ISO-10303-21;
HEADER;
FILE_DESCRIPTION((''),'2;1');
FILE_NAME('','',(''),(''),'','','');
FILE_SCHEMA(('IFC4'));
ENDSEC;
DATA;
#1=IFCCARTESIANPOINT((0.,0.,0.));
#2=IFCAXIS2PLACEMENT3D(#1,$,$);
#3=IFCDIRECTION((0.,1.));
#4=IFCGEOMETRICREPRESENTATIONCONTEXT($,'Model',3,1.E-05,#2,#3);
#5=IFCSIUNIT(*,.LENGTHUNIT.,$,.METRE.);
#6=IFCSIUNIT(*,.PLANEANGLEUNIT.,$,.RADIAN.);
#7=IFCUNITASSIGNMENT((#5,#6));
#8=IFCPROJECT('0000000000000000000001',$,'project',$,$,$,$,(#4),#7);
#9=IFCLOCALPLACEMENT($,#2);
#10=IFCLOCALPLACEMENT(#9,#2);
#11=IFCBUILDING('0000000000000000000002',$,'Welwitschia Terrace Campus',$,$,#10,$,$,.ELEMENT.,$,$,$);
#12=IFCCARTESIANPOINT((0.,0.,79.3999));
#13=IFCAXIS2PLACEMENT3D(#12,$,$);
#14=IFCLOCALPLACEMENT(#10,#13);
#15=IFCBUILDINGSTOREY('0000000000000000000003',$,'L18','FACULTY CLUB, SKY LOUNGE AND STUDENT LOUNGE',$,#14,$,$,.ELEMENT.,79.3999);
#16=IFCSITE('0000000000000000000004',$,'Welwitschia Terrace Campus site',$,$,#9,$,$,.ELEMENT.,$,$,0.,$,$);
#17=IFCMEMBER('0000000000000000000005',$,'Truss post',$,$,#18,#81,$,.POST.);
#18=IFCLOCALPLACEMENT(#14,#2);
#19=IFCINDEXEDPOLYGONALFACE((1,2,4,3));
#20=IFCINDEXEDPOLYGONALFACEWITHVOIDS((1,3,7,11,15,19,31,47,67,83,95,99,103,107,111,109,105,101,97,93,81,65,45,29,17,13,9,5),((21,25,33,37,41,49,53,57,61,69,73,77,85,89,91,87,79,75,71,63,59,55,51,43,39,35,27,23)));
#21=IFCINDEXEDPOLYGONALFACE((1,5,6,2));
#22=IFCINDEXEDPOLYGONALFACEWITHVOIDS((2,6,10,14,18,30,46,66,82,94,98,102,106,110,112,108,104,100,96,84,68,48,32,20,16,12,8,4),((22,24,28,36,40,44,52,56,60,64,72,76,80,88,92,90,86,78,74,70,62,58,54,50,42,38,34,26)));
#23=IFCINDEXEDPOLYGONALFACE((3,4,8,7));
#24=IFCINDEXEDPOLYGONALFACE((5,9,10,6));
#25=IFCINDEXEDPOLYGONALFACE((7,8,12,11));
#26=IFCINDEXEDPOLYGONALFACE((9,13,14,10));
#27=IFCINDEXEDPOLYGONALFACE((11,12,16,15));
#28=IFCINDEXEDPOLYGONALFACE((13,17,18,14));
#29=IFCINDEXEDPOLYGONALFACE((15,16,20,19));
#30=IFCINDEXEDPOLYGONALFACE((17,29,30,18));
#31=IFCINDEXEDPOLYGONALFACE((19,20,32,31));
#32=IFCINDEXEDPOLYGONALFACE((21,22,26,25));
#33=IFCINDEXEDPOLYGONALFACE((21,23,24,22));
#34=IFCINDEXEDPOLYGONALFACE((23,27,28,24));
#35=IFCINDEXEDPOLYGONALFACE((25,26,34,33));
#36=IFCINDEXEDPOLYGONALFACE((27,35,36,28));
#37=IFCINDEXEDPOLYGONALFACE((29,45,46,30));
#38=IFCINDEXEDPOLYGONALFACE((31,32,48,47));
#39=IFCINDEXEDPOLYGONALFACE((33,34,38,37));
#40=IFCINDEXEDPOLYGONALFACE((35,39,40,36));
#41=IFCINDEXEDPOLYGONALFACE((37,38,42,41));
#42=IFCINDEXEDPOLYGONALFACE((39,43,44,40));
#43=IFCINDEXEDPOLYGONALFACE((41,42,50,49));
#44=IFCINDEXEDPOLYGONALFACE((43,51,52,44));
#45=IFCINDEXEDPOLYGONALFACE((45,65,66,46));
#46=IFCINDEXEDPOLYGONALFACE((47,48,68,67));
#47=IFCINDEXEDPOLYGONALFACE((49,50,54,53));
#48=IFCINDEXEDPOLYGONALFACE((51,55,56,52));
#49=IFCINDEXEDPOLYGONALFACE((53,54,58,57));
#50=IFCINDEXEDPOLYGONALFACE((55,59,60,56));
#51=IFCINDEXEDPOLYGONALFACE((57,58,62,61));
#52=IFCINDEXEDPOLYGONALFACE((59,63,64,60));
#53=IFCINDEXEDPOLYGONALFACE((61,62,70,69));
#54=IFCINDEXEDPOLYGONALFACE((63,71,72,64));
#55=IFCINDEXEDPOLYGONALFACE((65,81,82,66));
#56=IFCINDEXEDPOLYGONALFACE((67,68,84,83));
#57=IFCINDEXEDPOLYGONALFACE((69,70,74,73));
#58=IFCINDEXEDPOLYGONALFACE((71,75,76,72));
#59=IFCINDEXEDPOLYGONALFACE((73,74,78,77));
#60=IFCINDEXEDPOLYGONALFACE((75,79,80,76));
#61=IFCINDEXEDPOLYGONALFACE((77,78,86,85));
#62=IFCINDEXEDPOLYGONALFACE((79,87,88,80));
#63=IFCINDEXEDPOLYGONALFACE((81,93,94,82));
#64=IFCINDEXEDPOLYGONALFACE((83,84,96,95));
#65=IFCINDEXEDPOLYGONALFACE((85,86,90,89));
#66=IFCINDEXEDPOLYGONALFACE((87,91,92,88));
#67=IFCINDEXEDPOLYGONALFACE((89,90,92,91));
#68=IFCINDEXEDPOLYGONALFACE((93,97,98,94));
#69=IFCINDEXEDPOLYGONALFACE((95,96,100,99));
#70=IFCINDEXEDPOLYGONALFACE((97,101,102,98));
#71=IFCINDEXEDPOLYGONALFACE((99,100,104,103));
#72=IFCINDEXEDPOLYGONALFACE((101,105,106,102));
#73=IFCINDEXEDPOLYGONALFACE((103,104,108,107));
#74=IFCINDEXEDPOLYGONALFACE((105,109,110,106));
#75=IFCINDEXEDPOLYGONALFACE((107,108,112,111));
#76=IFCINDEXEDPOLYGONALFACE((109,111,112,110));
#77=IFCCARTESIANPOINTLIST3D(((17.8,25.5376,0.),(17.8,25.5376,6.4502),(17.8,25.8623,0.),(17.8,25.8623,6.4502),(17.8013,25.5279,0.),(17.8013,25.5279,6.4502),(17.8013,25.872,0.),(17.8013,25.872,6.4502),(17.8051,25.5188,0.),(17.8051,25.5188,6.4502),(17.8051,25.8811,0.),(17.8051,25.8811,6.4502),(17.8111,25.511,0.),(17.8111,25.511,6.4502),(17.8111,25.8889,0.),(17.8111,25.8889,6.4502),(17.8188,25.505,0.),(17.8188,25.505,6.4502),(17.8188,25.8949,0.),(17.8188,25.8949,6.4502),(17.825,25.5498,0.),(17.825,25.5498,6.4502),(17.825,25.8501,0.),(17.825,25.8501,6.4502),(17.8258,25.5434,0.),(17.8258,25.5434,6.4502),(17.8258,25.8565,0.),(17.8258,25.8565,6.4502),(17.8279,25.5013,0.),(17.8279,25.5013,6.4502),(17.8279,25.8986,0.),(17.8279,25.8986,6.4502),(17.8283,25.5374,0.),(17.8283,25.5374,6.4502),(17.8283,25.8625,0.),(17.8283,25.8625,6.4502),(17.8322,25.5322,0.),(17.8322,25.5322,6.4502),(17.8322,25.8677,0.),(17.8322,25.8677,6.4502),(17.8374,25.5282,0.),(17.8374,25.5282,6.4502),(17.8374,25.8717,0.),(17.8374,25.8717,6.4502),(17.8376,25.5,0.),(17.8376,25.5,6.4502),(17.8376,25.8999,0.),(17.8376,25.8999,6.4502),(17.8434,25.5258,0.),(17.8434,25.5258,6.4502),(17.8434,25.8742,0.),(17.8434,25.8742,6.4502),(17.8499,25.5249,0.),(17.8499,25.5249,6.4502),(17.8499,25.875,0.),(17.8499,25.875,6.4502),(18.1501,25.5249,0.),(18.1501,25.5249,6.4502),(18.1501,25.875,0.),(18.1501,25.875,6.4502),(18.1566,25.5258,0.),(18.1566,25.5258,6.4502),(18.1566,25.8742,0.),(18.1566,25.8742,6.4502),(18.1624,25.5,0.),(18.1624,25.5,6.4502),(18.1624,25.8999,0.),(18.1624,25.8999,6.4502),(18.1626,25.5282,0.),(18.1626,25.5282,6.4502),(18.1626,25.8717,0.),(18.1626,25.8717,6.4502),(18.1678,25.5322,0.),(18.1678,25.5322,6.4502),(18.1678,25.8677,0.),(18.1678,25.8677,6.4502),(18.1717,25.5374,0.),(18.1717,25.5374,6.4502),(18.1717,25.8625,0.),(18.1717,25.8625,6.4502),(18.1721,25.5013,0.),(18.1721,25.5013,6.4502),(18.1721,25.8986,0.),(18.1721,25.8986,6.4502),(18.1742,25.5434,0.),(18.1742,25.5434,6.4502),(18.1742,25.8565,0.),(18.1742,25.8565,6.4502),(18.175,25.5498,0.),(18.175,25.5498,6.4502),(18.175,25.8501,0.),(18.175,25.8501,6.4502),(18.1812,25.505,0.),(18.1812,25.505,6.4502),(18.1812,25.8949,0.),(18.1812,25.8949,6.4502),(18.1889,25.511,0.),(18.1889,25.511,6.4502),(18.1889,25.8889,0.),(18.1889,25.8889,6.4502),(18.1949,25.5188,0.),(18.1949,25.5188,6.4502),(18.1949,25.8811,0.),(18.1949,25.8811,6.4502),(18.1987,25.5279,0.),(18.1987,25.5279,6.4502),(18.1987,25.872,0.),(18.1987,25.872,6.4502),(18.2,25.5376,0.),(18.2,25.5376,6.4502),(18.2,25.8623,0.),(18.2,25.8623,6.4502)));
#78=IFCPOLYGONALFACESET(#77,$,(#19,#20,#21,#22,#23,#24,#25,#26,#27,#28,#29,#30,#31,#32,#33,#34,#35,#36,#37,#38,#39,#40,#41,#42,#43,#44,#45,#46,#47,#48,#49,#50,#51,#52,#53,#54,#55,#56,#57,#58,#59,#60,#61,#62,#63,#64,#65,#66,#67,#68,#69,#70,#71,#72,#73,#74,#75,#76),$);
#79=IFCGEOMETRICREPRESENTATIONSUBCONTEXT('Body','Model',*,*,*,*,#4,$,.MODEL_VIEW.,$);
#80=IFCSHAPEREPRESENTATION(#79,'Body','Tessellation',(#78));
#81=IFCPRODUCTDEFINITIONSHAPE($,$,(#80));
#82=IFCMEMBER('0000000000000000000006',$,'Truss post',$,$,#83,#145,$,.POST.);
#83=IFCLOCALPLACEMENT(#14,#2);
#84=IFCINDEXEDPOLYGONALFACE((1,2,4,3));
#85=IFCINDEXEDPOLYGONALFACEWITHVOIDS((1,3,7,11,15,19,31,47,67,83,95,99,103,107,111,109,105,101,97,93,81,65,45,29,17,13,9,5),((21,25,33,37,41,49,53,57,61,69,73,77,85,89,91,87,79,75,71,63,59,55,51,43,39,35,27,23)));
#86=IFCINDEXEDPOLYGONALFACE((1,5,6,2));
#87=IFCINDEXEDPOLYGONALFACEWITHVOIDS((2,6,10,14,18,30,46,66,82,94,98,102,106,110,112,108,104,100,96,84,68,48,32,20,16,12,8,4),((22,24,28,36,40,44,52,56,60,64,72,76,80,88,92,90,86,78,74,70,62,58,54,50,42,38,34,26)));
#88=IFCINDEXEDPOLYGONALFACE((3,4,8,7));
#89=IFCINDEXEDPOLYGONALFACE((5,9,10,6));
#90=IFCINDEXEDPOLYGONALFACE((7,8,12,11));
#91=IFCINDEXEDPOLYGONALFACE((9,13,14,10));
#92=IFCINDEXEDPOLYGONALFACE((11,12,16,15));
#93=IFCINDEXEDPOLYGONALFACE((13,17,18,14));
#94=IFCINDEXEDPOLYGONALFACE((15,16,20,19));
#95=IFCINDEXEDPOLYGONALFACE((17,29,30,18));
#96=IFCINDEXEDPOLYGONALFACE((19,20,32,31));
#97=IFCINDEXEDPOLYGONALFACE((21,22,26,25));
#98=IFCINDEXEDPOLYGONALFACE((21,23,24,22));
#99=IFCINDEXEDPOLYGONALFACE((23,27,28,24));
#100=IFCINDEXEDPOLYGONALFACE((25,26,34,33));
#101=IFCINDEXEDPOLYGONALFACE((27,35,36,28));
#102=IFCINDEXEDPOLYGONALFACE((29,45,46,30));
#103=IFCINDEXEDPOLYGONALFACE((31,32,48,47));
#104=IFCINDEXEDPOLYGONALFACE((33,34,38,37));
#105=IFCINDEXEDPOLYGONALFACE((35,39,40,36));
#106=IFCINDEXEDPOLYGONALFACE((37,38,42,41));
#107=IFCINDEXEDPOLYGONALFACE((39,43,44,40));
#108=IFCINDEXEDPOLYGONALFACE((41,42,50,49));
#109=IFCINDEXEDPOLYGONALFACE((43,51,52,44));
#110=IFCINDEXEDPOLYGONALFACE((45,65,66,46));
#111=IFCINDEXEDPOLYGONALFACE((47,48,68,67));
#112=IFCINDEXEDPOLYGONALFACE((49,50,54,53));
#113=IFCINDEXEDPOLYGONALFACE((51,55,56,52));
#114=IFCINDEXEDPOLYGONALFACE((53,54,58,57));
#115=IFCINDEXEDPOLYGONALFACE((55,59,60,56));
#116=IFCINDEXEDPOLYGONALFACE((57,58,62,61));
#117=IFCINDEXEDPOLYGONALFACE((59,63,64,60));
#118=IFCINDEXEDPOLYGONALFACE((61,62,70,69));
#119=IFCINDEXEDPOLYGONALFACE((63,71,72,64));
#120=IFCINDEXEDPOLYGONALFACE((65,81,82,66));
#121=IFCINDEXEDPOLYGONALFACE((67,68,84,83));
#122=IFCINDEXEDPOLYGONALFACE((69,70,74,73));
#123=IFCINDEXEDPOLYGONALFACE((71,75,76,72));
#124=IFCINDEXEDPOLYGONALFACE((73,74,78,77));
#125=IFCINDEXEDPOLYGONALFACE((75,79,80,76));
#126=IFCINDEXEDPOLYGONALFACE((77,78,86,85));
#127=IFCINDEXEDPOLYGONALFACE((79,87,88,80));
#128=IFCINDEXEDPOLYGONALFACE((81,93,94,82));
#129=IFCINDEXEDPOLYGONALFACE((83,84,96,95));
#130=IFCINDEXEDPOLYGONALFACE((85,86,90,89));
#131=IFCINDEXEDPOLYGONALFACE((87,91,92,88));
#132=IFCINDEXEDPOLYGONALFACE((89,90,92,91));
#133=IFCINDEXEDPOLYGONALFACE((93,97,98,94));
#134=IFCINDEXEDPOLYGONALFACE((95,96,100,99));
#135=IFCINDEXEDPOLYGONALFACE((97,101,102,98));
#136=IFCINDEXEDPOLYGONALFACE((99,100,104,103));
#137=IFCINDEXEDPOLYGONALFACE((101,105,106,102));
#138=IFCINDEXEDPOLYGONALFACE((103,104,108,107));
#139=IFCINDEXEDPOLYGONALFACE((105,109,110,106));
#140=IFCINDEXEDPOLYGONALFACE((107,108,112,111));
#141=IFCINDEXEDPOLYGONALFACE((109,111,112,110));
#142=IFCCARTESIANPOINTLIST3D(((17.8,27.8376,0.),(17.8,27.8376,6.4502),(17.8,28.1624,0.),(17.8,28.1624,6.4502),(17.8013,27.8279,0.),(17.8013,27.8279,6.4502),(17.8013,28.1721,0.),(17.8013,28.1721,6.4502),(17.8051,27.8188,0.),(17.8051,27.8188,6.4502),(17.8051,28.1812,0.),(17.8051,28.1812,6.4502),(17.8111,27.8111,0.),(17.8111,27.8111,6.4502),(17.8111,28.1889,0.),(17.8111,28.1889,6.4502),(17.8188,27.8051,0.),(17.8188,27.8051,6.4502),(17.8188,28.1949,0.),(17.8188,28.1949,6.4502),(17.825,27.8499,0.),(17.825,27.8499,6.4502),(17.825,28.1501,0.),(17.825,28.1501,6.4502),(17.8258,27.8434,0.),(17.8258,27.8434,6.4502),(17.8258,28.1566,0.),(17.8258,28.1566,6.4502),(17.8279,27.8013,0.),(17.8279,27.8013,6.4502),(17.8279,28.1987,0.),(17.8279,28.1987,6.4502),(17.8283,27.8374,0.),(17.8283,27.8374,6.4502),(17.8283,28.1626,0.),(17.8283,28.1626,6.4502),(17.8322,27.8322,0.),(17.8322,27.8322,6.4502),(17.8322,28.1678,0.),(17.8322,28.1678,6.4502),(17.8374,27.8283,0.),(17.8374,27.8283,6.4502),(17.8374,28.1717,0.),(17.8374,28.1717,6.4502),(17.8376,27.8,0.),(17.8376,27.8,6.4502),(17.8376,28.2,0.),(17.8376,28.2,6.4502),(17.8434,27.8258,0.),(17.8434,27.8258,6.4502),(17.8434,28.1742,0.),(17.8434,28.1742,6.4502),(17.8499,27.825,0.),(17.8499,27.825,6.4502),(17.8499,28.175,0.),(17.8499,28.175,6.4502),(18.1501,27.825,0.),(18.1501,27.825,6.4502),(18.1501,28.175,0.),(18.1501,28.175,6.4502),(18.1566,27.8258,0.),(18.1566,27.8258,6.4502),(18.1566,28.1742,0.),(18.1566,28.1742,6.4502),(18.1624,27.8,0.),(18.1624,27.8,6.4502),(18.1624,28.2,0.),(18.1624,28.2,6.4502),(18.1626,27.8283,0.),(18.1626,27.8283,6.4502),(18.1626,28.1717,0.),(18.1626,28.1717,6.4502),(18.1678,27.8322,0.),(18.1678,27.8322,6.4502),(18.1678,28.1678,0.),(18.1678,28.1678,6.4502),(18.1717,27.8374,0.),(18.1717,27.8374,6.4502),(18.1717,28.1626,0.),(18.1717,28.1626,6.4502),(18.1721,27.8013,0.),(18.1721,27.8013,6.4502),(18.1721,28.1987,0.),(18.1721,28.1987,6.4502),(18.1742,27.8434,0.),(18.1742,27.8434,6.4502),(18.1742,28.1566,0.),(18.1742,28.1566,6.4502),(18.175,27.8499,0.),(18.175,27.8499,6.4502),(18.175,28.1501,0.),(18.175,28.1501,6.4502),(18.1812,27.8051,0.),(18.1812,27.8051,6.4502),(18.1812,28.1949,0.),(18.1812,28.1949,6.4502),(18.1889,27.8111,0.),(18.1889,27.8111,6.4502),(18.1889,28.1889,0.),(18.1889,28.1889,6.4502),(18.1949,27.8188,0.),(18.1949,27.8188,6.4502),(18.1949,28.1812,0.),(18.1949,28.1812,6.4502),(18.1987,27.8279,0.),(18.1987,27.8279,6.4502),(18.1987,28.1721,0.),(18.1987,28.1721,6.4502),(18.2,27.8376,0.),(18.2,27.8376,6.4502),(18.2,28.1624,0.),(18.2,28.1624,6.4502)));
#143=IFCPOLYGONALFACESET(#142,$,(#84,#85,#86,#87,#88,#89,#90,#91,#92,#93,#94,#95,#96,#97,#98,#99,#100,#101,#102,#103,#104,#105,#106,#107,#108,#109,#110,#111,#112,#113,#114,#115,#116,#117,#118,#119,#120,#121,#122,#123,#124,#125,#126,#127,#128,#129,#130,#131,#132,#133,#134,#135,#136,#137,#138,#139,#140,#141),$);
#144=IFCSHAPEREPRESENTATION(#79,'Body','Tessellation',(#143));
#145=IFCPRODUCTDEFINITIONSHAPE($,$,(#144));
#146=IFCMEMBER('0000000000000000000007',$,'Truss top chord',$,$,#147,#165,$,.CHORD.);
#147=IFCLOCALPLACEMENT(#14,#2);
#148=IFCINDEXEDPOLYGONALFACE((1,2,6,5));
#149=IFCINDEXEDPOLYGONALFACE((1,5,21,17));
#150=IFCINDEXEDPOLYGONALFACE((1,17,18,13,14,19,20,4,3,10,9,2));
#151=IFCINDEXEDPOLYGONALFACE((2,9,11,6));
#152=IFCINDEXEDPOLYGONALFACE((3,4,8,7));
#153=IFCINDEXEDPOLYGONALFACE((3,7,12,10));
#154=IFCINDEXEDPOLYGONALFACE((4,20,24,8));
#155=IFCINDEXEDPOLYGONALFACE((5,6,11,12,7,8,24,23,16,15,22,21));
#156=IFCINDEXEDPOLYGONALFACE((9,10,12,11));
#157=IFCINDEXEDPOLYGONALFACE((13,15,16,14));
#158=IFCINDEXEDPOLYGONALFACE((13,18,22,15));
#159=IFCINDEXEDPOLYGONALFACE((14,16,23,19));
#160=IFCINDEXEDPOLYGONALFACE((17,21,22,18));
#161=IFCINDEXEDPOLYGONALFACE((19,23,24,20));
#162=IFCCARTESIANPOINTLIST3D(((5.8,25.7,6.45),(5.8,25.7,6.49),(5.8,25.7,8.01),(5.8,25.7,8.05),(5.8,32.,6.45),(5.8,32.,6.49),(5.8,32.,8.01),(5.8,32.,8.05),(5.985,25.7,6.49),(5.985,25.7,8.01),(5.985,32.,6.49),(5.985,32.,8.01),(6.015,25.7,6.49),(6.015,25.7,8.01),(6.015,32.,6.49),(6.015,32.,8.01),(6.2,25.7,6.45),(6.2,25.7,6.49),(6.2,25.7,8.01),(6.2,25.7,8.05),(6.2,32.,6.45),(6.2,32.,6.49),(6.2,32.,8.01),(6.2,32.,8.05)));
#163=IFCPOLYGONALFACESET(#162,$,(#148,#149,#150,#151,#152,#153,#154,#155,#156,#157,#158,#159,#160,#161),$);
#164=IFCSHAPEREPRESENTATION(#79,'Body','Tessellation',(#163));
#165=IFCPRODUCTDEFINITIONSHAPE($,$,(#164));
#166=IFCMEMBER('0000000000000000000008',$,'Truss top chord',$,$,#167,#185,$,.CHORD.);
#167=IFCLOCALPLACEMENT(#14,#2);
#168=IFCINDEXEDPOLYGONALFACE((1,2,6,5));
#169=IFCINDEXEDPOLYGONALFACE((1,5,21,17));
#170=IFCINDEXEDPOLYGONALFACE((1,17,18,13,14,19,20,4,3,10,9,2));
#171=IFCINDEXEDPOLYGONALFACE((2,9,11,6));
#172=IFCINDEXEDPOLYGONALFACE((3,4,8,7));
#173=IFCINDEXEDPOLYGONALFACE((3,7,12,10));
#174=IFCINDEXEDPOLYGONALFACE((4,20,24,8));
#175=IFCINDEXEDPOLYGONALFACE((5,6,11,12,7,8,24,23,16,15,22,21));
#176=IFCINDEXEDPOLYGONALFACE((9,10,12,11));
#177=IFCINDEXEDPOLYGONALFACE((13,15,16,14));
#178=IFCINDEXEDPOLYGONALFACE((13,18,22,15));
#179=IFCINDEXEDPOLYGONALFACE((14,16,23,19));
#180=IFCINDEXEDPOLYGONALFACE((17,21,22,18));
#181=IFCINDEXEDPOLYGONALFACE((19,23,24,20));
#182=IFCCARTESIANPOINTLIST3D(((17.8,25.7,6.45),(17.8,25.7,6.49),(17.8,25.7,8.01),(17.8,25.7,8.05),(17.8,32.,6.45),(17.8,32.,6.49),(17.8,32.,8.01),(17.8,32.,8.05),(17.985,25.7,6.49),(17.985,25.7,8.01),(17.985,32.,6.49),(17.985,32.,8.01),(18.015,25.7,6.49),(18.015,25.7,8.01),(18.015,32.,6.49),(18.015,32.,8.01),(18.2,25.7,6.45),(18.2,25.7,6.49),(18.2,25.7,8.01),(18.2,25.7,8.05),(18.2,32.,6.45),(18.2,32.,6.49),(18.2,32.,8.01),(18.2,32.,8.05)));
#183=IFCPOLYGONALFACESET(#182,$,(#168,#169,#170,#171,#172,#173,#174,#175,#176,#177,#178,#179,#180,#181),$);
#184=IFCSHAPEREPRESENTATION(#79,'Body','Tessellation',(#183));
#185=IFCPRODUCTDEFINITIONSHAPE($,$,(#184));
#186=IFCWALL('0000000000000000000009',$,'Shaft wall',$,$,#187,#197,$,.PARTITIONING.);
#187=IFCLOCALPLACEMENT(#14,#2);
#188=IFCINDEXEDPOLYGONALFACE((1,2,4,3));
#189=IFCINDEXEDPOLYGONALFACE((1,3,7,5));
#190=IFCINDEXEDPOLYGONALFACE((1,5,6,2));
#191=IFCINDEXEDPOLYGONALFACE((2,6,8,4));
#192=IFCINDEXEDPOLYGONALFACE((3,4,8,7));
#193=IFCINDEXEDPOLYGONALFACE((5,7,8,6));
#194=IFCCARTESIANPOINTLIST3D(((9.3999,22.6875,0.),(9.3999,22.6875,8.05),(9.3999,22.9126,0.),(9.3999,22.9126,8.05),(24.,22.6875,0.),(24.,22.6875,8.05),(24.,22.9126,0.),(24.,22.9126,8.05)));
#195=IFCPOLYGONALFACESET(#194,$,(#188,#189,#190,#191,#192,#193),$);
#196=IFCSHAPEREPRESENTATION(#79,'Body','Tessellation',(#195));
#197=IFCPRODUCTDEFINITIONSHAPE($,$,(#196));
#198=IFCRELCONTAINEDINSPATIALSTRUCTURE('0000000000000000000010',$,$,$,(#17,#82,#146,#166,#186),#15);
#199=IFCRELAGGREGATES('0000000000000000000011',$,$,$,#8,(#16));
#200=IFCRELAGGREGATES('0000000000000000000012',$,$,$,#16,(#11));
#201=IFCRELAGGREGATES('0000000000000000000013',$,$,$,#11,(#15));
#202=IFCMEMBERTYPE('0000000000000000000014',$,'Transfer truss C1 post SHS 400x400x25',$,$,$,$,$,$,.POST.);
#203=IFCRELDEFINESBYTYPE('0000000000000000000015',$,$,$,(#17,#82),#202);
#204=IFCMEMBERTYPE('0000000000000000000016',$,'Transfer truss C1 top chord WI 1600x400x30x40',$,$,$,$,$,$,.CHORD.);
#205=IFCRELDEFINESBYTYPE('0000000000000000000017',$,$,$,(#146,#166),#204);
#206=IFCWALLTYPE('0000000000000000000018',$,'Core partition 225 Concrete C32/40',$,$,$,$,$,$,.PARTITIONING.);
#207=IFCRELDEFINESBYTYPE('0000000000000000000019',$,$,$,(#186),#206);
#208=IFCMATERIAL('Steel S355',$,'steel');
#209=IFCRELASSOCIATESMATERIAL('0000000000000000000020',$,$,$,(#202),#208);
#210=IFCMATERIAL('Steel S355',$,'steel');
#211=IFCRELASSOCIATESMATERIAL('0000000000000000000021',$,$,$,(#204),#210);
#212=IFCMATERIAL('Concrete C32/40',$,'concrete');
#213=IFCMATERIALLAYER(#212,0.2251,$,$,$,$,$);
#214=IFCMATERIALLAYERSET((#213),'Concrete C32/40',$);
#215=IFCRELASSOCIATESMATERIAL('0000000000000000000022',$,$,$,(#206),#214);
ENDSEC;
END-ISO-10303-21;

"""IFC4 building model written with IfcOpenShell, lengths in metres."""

from ifc_helpers import new_model, si_unit, direction, frame, frame_2d, origin, origin_2d, place, context, subcontext, project, spatial, rectangle, hollow_rectangle, i_section, extrude, material, layer, layer_set, material_profile, profile_set, type_object, element, save


model = new_model("IFC4")

# Units and contexts
model_context = context("Model", 3, precision=1e-05, world=origin(), true_north=direction((0.0, 1.0)))
body_context = subcontext(model_context, "Body", "Model", "MODEL_VIEW")
ifc_project = project(units=[si_unit("LENGTHUNIT", "METRE"), si_unit("PLANEANGLEUNIT", "RADIAN")], contexts=[model_context])

# Site, building, storey
site_placement = place(None, origin())
site = spatial("IfcSite", under=ifc_project, at=site_placement, Name="Welwitschia Terrace Campus site", CompositionType="ELEMENT", RefElevation=0.0)
building_placement = place(site_placement, origin())
building = spatial("IfcBuilding", under=site, at=building_placement, Name="Welwitschia Terrace Campus", CompositionType="ELEMENT")
storey_placement = place(building_placement, frame((0.0, 0.0, 79.3999)))
storey = spatial("IfcBuildingStorey", under=building, at=storey_placement, Name="L18", Description="FACULTY CLUB, SKY LOUNGE AND STUDENT LOUNGE", CompositionType="ELEMENT", Elevation=79.3999)

# Members
ifc_material_1 = material(Name="Steel S355", Category="steel")
ifc_material_profile_1 = material_profile(ifc_material_1, hollow_rectangle(XDim=0.3999, YDim=0.3999, WallThickness=0.0249, InnerFilletRadius=0.0249, OuterFilletRadius=0.0376, at=origin_2d()))
ifc_profile_set_1 = profile_set([ifc_material_profile_1], Name="Steel S355")
member_type_1 = type_object("IfcMemberType", Name="Transfer truss C1 post SHS 400x400x25", PredefinedType="POST", material=ifc_profile_set_1)
for number, where, z_axis, x_axis, name in (
    (1, (18.0, 25.7, 0.0), (0.0, 0.0, 1.0), (1.0, 0.0, 0.0), "Truss post"),
    (2, (18.0, 28.0, 0.0), (0.0, 0.0, 1.0), (1.0, 0.0, 0.0), "Truss post"),
):
    element("IfcMember", number, at=place(storey_placement, frame(where, z_axis=z_axis, x_axis=x_axis)), inside=storey, type_object=member_type_1, Name=name, PredefinedType="POST", context=body_context, shape_type="SweptSolid", body=[
        extrude(hollow_rectangle(XDim=0.3999, YDim=0.3999, WallThickness=0.0249, InnerFilletRadius=0.0249, OuterFilletRadius=0.0376, at=origin_2d()), origin(), (0.0, 0.0, 1.0), 6.4502),
    ])
ifc_material_2 = material(Name="Steel S355", Category="steel")
ifc_material_profile_2 = material_profile(ifc_material_2, i_section(OverallWidth=0.3999, OverallDepth=1.6001, WebThickness=0.03, FlangeThickness=0.04, at=origin_2d()))
ifc_profile_set_2 = profile_set([ifc_material_profile_2], Name="Steel S355")
member_type_2 = type_object("IfcMemberType", Name="Transfer truss C1 top chord WI 1600x400x30x40", PredefinedType="CHORD", material=ifc_profile_set_2)
for number, where, z_axis, x_axis, name in (
    (3, (6.0, 25.7, 7.25), (0.0, 1.0, 0.0), (-1.0, 0.0, 0.0), "Truss top chord"),
    (4, (18.0, 25.7, 7.25), (0.0, 1.0, 0.0), (-1.0, 0.0, 0.0), "Truss top chord"),
):
    element("IfcMember", number, at=place(storey_placement, frame(where, z_axis=z_axis, x_axis=x_axis)), inside=storey, type_object=member_type_2, Name=name, PredefinedType="CHORD", context=body_context, shape_type="SweptSolid", body=[
        extrude(i_section(OverallWidth=0.3999, OverallDepth=1.6001, WebThickness=0.03, FlangeThickness=0.04, at=origin_2d()), origin(), (0.0, 0.0, 1.0), 6.3),
    ])

# Wall
ifc_material_3 = material(Name="Concrete C32/40", Category="concrete")
ifc_layer_1 = layer(ifc_material_3, 0.2251)
ifc_layer_set_1 = layer_set([ifc_layer_1], Name="Concrete C32/40")
wall_type_1 = type_object("IfcWallType", Name="Core partition 225 Concrete C32/40", PredefinedType="PARTITIONING", material=ifc_layer_set_1)
wall_1_placement = place(storey_placement, frame((9.3999, 22.8, 0.0), z_axis=(0.0, 0.0, 1.0), x_axis=(1.0, 0.0, 0.0)))
element("IfcWall", 5, at=wall_1_placement, inside=storey, type_object=wall_type_1, Name="Shaft wall", PredefinedType="PARTITIONING", context=body_context, shape_type="SweptSolid", body=[
    extrude(rectangle(XDim=14.6001, YDim=0.2251, at=frame_2d((7.3, 0.0))), origin(), (0.0, 0.0, 1.0), 8.05),
])

save(model, "model.ifc")
